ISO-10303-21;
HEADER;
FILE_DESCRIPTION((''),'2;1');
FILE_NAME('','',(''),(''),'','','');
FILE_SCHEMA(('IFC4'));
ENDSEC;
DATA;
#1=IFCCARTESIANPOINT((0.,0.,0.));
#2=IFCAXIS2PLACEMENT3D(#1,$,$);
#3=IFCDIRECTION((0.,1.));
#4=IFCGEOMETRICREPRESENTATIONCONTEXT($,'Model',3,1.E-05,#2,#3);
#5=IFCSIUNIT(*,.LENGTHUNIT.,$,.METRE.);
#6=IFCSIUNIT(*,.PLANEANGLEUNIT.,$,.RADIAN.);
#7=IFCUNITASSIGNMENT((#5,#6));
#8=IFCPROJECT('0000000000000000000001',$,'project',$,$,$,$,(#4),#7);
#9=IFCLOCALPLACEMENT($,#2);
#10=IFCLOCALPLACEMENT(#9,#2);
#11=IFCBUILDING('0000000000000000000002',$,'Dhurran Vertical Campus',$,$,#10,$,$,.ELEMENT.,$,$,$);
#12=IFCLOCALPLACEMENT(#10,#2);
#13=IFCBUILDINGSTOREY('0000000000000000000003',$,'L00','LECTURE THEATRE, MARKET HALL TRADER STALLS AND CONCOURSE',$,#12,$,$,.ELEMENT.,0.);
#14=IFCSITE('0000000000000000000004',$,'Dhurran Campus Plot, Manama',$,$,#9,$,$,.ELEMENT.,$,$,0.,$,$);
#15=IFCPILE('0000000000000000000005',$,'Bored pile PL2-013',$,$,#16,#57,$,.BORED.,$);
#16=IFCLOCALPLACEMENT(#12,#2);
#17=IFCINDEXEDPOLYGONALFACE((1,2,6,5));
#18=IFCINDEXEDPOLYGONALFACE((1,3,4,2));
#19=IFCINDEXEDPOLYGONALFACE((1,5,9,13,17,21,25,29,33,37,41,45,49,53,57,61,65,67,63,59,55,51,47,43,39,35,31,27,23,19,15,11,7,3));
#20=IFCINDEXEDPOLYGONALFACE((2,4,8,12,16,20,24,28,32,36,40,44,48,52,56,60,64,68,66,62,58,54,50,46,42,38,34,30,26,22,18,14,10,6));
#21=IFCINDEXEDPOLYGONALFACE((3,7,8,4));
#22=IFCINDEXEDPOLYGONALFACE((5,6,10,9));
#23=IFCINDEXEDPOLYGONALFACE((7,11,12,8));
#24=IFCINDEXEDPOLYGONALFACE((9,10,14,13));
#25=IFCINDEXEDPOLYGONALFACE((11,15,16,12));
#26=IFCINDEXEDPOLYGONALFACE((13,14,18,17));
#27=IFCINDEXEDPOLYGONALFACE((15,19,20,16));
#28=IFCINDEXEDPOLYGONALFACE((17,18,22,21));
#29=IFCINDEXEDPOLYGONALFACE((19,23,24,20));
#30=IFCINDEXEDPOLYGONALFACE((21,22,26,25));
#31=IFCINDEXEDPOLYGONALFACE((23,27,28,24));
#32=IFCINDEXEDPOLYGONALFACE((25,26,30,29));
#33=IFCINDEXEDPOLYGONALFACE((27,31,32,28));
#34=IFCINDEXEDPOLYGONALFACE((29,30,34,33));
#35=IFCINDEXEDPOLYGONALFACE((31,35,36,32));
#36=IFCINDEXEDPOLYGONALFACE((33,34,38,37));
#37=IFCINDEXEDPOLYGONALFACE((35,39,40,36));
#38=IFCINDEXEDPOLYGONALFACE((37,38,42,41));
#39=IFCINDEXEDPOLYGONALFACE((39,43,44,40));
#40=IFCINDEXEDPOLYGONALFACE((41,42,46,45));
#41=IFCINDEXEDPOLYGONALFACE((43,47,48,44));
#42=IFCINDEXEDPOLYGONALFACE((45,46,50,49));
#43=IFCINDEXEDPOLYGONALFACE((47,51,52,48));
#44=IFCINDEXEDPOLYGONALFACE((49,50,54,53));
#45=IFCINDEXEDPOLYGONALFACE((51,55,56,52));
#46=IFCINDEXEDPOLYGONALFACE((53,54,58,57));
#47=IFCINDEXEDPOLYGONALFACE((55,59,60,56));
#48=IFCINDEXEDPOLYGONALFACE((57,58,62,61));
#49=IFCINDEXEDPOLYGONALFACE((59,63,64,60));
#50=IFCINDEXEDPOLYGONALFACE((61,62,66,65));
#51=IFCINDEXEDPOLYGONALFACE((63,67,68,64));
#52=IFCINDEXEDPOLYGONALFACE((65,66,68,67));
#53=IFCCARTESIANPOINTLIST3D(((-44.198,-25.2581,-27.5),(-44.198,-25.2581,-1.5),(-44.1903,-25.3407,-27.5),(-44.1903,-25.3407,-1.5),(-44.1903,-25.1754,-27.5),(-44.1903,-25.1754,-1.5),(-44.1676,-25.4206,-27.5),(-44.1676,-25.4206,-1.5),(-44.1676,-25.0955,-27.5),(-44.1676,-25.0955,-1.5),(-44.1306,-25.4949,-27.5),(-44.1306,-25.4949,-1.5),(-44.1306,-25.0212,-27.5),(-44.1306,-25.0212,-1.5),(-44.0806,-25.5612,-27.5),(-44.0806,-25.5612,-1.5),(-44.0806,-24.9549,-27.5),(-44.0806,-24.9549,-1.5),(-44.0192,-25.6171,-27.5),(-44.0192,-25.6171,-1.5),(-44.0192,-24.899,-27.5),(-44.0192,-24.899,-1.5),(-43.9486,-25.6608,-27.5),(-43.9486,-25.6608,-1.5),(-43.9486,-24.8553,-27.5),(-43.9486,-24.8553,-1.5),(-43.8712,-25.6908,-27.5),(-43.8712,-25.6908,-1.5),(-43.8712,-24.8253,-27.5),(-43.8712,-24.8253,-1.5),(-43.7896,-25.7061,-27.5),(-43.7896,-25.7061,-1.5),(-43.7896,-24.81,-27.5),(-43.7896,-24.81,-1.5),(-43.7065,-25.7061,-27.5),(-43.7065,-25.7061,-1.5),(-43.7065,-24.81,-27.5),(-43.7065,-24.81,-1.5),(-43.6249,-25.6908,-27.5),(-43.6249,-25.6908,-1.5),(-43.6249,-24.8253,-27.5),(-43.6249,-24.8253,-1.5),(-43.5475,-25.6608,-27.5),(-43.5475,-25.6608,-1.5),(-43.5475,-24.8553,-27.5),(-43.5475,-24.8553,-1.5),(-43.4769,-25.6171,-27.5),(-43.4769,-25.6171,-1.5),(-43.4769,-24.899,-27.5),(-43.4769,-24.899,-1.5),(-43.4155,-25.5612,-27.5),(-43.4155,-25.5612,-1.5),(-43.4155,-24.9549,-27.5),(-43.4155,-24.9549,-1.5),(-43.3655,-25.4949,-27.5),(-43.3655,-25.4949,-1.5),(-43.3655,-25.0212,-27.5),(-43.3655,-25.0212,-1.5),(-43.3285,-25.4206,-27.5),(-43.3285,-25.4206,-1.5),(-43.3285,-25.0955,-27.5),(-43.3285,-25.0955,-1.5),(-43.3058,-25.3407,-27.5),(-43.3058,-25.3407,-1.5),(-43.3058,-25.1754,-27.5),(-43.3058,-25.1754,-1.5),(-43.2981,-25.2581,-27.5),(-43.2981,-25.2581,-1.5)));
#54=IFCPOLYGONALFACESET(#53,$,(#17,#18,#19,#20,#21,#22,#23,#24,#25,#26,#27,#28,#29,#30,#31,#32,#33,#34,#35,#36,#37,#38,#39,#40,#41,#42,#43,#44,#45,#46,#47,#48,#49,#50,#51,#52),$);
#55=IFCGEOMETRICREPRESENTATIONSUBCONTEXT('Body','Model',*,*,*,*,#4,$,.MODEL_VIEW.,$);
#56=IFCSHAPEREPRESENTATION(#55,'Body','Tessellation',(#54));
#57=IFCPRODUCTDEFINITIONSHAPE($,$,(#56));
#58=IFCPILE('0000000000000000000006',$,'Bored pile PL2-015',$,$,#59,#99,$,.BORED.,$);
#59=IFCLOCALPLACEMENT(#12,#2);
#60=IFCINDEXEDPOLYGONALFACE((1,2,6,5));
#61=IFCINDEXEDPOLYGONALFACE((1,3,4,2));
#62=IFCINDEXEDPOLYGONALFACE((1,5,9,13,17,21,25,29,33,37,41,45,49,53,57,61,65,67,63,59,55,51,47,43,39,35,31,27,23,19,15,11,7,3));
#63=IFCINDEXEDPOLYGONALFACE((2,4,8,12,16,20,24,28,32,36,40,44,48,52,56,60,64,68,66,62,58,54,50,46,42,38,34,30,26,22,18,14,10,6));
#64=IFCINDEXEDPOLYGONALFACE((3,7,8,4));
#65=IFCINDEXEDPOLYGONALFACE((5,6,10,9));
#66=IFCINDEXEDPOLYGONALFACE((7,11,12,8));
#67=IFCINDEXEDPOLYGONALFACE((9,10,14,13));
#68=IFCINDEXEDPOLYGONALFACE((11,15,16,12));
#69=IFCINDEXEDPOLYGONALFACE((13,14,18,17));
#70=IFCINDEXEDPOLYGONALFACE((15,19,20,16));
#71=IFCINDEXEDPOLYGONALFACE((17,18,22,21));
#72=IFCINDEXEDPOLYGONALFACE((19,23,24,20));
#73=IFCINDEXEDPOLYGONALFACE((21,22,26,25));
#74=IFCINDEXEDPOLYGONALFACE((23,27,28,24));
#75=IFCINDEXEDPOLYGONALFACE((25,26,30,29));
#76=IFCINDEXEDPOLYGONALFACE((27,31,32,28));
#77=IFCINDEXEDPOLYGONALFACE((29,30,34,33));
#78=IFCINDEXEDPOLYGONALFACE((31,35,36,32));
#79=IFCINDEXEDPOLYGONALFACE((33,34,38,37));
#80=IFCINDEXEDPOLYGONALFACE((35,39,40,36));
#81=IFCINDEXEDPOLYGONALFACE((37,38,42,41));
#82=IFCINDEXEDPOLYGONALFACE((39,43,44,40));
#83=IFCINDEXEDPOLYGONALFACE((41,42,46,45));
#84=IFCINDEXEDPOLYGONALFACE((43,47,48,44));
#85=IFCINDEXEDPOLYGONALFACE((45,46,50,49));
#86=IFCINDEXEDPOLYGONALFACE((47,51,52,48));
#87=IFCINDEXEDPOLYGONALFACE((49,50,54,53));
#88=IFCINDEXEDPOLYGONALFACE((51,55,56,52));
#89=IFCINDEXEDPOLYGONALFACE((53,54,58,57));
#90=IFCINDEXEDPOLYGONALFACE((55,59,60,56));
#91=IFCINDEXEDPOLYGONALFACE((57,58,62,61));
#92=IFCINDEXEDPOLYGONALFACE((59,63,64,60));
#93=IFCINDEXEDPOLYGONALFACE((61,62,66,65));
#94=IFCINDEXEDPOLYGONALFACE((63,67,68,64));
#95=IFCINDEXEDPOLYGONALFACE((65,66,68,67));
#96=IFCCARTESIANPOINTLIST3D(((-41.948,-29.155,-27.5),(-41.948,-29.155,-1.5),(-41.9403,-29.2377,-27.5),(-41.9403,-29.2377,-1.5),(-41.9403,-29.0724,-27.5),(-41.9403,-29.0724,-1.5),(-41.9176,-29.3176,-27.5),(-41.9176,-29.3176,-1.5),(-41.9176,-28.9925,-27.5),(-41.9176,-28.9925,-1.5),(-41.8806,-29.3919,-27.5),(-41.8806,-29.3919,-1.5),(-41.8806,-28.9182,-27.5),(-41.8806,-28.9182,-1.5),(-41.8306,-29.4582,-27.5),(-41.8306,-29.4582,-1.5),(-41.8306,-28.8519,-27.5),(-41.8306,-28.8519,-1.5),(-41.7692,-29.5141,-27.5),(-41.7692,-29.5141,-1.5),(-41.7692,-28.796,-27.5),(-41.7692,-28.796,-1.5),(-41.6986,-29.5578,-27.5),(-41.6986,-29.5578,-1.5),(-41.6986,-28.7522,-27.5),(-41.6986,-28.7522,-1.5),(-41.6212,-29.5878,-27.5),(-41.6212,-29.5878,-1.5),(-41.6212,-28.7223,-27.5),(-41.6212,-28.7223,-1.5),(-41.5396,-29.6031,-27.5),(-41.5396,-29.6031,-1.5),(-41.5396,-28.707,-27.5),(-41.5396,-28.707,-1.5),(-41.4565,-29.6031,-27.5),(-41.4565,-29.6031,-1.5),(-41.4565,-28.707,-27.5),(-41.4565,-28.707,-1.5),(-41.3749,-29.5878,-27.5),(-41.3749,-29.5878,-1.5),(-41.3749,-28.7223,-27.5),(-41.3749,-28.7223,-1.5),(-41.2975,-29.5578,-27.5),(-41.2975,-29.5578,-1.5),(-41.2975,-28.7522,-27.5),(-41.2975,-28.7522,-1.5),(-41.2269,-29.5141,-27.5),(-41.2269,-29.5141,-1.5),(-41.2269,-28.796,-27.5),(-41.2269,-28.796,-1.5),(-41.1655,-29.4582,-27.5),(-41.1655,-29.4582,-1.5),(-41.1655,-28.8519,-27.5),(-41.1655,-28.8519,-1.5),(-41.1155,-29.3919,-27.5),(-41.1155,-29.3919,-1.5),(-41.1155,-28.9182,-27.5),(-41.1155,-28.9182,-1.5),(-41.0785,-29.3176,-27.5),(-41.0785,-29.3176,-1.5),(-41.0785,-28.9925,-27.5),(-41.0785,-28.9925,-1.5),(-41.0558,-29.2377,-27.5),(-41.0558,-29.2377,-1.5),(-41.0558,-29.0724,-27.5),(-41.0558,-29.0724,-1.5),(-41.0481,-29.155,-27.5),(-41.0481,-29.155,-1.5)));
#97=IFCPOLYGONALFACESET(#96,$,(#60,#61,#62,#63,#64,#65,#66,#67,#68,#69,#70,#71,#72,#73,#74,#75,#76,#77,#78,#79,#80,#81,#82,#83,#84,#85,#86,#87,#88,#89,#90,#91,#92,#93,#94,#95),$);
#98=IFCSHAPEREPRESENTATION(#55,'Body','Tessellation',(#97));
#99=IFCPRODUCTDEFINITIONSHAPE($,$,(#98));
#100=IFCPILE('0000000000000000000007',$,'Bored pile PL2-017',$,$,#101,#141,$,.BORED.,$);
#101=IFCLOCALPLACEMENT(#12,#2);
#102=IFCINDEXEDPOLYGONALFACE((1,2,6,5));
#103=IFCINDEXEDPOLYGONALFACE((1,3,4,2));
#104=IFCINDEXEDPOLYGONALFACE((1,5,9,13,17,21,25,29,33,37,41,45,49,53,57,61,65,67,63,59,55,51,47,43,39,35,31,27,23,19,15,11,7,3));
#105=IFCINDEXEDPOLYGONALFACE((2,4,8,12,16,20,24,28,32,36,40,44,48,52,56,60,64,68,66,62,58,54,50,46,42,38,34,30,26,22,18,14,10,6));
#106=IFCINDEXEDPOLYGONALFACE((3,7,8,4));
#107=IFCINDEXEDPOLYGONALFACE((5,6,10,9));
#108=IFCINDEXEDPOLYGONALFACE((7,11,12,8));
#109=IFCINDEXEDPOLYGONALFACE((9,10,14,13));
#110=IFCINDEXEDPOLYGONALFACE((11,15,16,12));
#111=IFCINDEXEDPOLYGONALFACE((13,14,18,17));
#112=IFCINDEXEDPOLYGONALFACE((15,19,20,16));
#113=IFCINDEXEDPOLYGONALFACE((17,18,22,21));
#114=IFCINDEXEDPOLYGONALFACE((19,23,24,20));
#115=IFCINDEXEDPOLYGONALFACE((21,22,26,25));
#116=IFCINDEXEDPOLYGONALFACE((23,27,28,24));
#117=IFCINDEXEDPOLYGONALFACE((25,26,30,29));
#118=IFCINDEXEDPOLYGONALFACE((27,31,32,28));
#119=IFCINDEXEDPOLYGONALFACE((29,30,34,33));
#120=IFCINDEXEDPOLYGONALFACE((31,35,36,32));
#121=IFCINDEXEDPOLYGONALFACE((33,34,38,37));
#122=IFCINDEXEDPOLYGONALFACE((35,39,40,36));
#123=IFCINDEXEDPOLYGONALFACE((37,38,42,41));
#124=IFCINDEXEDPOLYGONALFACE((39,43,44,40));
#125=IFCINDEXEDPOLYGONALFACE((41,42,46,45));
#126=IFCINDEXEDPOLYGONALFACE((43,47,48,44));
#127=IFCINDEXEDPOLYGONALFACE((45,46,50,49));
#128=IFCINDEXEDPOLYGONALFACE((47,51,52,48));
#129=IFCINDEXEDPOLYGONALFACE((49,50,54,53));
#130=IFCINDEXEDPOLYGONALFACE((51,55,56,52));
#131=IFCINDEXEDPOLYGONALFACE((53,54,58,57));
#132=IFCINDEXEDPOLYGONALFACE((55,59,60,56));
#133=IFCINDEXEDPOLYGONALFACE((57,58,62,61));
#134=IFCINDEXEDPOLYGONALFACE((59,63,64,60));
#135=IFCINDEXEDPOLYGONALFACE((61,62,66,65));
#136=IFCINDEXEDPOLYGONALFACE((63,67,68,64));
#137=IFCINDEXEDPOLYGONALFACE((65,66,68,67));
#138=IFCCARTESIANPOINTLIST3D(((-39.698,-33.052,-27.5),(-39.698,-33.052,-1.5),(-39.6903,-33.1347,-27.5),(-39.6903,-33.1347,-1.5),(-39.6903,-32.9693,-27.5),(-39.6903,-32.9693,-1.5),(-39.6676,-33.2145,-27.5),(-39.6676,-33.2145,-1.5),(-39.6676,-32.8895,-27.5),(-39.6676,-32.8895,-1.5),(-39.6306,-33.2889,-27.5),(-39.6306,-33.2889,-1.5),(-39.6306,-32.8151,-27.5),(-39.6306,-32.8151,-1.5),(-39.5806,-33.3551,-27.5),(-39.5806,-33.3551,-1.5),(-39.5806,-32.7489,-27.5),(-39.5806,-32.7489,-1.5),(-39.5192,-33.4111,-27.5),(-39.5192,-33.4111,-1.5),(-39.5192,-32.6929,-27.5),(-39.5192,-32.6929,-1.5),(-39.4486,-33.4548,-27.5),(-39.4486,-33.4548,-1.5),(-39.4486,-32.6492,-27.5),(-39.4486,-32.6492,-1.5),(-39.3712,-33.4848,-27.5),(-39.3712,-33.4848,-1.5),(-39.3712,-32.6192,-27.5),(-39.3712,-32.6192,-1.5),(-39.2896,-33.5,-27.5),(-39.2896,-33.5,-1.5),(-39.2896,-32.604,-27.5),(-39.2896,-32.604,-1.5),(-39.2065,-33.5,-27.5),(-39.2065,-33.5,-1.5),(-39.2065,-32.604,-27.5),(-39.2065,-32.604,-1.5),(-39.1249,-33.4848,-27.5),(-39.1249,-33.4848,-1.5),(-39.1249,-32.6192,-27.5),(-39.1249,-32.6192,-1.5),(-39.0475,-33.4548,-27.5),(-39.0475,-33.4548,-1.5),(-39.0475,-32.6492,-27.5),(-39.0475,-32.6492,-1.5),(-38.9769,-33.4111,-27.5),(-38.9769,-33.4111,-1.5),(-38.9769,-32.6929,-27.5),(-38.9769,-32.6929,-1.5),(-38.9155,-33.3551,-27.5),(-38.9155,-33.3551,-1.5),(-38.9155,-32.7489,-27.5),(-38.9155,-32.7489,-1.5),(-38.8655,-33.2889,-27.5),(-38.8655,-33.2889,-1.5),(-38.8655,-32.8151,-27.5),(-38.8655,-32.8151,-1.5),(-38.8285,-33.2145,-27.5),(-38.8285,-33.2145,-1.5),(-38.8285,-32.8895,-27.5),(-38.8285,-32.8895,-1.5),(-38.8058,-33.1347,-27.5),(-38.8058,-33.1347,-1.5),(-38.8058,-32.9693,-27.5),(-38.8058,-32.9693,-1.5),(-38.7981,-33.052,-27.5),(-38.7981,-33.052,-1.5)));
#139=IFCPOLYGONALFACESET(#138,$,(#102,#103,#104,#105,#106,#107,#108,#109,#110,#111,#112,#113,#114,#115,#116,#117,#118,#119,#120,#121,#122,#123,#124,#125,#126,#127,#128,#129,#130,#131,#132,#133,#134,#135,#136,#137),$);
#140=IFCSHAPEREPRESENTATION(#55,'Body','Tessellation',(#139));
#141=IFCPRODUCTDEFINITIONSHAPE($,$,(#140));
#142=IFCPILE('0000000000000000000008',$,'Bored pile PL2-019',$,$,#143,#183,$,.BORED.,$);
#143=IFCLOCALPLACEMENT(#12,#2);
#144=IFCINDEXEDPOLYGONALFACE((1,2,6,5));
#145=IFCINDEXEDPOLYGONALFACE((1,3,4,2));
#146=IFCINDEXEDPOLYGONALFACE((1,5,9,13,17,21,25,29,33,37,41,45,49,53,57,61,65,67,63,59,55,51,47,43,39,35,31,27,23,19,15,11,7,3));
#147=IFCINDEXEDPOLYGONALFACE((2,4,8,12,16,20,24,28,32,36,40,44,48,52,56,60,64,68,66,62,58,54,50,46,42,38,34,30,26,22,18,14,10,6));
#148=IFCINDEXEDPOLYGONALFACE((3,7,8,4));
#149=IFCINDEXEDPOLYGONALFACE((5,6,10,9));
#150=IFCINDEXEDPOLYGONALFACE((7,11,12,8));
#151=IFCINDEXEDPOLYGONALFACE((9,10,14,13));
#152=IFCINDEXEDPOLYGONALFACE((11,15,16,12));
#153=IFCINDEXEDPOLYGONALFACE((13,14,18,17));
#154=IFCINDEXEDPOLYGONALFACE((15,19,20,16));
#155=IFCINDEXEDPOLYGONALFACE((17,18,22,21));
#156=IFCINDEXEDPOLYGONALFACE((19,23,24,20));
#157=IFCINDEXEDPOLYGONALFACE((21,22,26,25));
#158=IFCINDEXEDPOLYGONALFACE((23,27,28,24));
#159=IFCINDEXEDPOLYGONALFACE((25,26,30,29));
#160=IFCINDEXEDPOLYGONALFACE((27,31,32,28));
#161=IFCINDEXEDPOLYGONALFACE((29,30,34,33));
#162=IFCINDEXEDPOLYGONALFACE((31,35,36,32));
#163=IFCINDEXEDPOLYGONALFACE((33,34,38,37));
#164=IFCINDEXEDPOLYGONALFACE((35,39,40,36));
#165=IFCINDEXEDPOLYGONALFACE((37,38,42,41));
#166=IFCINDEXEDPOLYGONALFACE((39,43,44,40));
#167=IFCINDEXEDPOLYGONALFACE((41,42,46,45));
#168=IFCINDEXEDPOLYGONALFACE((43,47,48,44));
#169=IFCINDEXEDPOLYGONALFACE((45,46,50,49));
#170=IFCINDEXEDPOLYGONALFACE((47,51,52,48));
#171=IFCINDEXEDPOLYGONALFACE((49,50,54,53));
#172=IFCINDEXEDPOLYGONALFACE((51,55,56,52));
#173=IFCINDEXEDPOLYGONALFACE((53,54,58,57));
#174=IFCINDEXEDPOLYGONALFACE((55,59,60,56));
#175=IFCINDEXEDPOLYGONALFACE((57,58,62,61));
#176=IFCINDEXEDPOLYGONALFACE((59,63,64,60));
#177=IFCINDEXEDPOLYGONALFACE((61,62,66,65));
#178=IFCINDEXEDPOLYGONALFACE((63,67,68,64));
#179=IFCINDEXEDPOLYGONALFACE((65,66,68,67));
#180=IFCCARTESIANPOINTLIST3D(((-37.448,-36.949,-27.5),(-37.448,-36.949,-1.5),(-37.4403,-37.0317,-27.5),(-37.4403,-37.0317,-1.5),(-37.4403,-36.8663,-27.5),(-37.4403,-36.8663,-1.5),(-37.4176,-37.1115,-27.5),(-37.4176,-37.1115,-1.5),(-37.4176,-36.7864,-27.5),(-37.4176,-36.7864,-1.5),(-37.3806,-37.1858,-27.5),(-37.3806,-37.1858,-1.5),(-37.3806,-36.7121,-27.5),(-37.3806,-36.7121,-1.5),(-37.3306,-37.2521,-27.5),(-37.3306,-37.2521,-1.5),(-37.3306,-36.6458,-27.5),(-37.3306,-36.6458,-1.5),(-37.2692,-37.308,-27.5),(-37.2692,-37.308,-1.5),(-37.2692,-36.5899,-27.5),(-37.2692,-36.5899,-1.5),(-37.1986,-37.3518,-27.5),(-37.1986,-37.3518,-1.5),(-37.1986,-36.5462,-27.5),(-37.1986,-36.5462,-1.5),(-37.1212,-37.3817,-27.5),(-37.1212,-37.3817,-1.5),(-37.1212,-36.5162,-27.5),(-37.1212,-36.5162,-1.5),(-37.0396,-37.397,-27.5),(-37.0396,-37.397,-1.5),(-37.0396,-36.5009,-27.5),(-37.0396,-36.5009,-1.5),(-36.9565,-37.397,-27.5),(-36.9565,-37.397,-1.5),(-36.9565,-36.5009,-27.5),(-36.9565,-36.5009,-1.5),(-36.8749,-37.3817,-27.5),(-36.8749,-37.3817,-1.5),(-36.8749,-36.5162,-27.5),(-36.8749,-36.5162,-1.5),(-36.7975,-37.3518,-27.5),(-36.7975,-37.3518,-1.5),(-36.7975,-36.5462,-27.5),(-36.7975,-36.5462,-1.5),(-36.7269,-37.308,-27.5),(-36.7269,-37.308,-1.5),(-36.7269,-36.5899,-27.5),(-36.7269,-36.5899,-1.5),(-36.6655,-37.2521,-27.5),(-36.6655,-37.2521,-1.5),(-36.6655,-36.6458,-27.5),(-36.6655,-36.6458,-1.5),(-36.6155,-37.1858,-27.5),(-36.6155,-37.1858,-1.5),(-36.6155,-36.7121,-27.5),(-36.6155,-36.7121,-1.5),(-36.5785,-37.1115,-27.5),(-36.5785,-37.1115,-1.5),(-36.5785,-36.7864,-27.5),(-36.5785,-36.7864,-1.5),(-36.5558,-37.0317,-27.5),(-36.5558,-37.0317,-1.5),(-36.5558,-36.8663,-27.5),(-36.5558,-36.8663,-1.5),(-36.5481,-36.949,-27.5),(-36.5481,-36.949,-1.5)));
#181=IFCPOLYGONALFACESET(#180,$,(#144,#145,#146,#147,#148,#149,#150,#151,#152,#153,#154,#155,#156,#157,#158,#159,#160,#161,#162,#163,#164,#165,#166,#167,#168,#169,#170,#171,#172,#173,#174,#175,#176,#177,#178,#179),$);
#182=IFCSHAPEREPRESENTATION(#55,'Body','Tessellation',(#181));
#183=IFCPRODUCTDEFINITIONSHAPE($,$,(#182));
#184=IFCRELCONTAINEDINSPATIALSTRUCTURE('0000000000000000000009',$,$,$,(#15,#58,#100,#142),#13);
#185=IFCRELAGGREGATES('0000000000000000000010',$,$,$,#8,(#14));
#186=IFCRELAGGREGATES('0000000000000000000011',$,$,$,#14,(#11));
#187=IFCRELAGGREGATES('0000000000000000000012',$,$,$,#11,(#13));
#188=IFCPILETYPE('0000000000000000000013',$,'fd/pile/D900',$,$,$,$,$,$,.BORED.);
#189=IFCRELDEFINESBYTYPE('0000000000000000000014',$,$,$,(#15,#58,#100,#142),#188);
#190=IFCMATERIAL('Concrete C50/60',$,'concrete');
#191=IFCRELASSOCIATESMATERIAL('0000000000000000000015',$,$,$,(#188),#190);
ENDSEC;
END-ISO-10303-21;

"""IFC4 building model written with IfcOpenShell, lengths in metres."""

from ifc_helpers import new_model, si_unit, direction, frame, origin, origin_2d, place, context, subcontext, project, spatial, circle, extrude, material, material_profile, profile_set, type_object, element, save


model = new_model("IFC4")

# Units and contexts
model_context = context("Model", 3, precision=1e-05, world=origin(), true_north=direction((0.0, 1.0)))
body_context = subcontext(model_context, "Body", "Model", "MODEL_VIEW")
ifc_project = project(units=[si_unit("LENGTHUNIT", "METRE"), si_unit("PLANEANGLEUNIT", "RADIAN")], contexts=[model_context])

# Site, building, storey
site_placement = place(None, origin())
site = spatial("IfcSite", under=ifc_project, at=site_placement, Name="Dhurran Campus Plot, Manama", CompositionType="ELEMENT", RefElevation=0.0)
building_placement = place(site_placement, origin())
building = spatial("IfcBuilding", under=site, at=building_placement, Name="Dhurran Vertical Campus", CompositionType="ELEMENT")
storey_placement = place(building_placement, origin())
storey = spatial("IfcBuildingStorey", under=building, at=storey_placement, Name="L00", Description="LECTURE THEATRE, MARKET HALL TRADER STALLS AND CONCOURSE", CompositionType="ELEMENT", Elevation=0.0)

# Piles
ifc_material_1 = material(Name="Concrete C50/60", Category="concrete")
ifc_material_profile_1 = material_profile(ifc_material_1, circle(Radius=0.45, at=origin_2d()), Name="fd/pile/D900")
ifc_profile_set_1 = profile_set([ifc_material_profile_1], Name="Concrete C50/60")
pile_type = type_object("IfcPileType", Name="fd/pile/D900", PredefinedType="BORED", material=ifc_profile_set_1)
for number, where, z_axis, x_axis, name in (
    (1, (-43.748, -25.2581, -1.5), (0.0, 0.0, -1.0), (1.0, 0.0, 0.0), "Bored pile PL2-013"),
    (2, (-41.498, -29.155, -1.5), (0.0, 0.0, -1.0), (1.0, 0.0, 0.0), "Bored pile PL2-015"),
    (3, (-39.248, -33.052, -1.5), (0.0, 0.0, -1.0), (1.0, 0.0, 0.0), "Bored pile PL2-017"),
    (4, (-36.998, -36.949, -1.5), (0.0, 0.0, -1.0), (1.0, 0.0, 0.0), "Bored pile PL2-019"),
):
    element("IfcPile", number, at=place(storey_placement, frame(where, z_axis=z_axis, x_axis=x_axis)), inside=storey, type_object=pile_type, Name=name, PredefinedType="BORED", context=body_context, shape_type="SweptSolid", body=[
        extrude(circle(Radius=0.45, at=origin_2d()), origin(), (0.0, 0.0, 1.0), 26.0),
    ])

save(model, "model.ifc")
